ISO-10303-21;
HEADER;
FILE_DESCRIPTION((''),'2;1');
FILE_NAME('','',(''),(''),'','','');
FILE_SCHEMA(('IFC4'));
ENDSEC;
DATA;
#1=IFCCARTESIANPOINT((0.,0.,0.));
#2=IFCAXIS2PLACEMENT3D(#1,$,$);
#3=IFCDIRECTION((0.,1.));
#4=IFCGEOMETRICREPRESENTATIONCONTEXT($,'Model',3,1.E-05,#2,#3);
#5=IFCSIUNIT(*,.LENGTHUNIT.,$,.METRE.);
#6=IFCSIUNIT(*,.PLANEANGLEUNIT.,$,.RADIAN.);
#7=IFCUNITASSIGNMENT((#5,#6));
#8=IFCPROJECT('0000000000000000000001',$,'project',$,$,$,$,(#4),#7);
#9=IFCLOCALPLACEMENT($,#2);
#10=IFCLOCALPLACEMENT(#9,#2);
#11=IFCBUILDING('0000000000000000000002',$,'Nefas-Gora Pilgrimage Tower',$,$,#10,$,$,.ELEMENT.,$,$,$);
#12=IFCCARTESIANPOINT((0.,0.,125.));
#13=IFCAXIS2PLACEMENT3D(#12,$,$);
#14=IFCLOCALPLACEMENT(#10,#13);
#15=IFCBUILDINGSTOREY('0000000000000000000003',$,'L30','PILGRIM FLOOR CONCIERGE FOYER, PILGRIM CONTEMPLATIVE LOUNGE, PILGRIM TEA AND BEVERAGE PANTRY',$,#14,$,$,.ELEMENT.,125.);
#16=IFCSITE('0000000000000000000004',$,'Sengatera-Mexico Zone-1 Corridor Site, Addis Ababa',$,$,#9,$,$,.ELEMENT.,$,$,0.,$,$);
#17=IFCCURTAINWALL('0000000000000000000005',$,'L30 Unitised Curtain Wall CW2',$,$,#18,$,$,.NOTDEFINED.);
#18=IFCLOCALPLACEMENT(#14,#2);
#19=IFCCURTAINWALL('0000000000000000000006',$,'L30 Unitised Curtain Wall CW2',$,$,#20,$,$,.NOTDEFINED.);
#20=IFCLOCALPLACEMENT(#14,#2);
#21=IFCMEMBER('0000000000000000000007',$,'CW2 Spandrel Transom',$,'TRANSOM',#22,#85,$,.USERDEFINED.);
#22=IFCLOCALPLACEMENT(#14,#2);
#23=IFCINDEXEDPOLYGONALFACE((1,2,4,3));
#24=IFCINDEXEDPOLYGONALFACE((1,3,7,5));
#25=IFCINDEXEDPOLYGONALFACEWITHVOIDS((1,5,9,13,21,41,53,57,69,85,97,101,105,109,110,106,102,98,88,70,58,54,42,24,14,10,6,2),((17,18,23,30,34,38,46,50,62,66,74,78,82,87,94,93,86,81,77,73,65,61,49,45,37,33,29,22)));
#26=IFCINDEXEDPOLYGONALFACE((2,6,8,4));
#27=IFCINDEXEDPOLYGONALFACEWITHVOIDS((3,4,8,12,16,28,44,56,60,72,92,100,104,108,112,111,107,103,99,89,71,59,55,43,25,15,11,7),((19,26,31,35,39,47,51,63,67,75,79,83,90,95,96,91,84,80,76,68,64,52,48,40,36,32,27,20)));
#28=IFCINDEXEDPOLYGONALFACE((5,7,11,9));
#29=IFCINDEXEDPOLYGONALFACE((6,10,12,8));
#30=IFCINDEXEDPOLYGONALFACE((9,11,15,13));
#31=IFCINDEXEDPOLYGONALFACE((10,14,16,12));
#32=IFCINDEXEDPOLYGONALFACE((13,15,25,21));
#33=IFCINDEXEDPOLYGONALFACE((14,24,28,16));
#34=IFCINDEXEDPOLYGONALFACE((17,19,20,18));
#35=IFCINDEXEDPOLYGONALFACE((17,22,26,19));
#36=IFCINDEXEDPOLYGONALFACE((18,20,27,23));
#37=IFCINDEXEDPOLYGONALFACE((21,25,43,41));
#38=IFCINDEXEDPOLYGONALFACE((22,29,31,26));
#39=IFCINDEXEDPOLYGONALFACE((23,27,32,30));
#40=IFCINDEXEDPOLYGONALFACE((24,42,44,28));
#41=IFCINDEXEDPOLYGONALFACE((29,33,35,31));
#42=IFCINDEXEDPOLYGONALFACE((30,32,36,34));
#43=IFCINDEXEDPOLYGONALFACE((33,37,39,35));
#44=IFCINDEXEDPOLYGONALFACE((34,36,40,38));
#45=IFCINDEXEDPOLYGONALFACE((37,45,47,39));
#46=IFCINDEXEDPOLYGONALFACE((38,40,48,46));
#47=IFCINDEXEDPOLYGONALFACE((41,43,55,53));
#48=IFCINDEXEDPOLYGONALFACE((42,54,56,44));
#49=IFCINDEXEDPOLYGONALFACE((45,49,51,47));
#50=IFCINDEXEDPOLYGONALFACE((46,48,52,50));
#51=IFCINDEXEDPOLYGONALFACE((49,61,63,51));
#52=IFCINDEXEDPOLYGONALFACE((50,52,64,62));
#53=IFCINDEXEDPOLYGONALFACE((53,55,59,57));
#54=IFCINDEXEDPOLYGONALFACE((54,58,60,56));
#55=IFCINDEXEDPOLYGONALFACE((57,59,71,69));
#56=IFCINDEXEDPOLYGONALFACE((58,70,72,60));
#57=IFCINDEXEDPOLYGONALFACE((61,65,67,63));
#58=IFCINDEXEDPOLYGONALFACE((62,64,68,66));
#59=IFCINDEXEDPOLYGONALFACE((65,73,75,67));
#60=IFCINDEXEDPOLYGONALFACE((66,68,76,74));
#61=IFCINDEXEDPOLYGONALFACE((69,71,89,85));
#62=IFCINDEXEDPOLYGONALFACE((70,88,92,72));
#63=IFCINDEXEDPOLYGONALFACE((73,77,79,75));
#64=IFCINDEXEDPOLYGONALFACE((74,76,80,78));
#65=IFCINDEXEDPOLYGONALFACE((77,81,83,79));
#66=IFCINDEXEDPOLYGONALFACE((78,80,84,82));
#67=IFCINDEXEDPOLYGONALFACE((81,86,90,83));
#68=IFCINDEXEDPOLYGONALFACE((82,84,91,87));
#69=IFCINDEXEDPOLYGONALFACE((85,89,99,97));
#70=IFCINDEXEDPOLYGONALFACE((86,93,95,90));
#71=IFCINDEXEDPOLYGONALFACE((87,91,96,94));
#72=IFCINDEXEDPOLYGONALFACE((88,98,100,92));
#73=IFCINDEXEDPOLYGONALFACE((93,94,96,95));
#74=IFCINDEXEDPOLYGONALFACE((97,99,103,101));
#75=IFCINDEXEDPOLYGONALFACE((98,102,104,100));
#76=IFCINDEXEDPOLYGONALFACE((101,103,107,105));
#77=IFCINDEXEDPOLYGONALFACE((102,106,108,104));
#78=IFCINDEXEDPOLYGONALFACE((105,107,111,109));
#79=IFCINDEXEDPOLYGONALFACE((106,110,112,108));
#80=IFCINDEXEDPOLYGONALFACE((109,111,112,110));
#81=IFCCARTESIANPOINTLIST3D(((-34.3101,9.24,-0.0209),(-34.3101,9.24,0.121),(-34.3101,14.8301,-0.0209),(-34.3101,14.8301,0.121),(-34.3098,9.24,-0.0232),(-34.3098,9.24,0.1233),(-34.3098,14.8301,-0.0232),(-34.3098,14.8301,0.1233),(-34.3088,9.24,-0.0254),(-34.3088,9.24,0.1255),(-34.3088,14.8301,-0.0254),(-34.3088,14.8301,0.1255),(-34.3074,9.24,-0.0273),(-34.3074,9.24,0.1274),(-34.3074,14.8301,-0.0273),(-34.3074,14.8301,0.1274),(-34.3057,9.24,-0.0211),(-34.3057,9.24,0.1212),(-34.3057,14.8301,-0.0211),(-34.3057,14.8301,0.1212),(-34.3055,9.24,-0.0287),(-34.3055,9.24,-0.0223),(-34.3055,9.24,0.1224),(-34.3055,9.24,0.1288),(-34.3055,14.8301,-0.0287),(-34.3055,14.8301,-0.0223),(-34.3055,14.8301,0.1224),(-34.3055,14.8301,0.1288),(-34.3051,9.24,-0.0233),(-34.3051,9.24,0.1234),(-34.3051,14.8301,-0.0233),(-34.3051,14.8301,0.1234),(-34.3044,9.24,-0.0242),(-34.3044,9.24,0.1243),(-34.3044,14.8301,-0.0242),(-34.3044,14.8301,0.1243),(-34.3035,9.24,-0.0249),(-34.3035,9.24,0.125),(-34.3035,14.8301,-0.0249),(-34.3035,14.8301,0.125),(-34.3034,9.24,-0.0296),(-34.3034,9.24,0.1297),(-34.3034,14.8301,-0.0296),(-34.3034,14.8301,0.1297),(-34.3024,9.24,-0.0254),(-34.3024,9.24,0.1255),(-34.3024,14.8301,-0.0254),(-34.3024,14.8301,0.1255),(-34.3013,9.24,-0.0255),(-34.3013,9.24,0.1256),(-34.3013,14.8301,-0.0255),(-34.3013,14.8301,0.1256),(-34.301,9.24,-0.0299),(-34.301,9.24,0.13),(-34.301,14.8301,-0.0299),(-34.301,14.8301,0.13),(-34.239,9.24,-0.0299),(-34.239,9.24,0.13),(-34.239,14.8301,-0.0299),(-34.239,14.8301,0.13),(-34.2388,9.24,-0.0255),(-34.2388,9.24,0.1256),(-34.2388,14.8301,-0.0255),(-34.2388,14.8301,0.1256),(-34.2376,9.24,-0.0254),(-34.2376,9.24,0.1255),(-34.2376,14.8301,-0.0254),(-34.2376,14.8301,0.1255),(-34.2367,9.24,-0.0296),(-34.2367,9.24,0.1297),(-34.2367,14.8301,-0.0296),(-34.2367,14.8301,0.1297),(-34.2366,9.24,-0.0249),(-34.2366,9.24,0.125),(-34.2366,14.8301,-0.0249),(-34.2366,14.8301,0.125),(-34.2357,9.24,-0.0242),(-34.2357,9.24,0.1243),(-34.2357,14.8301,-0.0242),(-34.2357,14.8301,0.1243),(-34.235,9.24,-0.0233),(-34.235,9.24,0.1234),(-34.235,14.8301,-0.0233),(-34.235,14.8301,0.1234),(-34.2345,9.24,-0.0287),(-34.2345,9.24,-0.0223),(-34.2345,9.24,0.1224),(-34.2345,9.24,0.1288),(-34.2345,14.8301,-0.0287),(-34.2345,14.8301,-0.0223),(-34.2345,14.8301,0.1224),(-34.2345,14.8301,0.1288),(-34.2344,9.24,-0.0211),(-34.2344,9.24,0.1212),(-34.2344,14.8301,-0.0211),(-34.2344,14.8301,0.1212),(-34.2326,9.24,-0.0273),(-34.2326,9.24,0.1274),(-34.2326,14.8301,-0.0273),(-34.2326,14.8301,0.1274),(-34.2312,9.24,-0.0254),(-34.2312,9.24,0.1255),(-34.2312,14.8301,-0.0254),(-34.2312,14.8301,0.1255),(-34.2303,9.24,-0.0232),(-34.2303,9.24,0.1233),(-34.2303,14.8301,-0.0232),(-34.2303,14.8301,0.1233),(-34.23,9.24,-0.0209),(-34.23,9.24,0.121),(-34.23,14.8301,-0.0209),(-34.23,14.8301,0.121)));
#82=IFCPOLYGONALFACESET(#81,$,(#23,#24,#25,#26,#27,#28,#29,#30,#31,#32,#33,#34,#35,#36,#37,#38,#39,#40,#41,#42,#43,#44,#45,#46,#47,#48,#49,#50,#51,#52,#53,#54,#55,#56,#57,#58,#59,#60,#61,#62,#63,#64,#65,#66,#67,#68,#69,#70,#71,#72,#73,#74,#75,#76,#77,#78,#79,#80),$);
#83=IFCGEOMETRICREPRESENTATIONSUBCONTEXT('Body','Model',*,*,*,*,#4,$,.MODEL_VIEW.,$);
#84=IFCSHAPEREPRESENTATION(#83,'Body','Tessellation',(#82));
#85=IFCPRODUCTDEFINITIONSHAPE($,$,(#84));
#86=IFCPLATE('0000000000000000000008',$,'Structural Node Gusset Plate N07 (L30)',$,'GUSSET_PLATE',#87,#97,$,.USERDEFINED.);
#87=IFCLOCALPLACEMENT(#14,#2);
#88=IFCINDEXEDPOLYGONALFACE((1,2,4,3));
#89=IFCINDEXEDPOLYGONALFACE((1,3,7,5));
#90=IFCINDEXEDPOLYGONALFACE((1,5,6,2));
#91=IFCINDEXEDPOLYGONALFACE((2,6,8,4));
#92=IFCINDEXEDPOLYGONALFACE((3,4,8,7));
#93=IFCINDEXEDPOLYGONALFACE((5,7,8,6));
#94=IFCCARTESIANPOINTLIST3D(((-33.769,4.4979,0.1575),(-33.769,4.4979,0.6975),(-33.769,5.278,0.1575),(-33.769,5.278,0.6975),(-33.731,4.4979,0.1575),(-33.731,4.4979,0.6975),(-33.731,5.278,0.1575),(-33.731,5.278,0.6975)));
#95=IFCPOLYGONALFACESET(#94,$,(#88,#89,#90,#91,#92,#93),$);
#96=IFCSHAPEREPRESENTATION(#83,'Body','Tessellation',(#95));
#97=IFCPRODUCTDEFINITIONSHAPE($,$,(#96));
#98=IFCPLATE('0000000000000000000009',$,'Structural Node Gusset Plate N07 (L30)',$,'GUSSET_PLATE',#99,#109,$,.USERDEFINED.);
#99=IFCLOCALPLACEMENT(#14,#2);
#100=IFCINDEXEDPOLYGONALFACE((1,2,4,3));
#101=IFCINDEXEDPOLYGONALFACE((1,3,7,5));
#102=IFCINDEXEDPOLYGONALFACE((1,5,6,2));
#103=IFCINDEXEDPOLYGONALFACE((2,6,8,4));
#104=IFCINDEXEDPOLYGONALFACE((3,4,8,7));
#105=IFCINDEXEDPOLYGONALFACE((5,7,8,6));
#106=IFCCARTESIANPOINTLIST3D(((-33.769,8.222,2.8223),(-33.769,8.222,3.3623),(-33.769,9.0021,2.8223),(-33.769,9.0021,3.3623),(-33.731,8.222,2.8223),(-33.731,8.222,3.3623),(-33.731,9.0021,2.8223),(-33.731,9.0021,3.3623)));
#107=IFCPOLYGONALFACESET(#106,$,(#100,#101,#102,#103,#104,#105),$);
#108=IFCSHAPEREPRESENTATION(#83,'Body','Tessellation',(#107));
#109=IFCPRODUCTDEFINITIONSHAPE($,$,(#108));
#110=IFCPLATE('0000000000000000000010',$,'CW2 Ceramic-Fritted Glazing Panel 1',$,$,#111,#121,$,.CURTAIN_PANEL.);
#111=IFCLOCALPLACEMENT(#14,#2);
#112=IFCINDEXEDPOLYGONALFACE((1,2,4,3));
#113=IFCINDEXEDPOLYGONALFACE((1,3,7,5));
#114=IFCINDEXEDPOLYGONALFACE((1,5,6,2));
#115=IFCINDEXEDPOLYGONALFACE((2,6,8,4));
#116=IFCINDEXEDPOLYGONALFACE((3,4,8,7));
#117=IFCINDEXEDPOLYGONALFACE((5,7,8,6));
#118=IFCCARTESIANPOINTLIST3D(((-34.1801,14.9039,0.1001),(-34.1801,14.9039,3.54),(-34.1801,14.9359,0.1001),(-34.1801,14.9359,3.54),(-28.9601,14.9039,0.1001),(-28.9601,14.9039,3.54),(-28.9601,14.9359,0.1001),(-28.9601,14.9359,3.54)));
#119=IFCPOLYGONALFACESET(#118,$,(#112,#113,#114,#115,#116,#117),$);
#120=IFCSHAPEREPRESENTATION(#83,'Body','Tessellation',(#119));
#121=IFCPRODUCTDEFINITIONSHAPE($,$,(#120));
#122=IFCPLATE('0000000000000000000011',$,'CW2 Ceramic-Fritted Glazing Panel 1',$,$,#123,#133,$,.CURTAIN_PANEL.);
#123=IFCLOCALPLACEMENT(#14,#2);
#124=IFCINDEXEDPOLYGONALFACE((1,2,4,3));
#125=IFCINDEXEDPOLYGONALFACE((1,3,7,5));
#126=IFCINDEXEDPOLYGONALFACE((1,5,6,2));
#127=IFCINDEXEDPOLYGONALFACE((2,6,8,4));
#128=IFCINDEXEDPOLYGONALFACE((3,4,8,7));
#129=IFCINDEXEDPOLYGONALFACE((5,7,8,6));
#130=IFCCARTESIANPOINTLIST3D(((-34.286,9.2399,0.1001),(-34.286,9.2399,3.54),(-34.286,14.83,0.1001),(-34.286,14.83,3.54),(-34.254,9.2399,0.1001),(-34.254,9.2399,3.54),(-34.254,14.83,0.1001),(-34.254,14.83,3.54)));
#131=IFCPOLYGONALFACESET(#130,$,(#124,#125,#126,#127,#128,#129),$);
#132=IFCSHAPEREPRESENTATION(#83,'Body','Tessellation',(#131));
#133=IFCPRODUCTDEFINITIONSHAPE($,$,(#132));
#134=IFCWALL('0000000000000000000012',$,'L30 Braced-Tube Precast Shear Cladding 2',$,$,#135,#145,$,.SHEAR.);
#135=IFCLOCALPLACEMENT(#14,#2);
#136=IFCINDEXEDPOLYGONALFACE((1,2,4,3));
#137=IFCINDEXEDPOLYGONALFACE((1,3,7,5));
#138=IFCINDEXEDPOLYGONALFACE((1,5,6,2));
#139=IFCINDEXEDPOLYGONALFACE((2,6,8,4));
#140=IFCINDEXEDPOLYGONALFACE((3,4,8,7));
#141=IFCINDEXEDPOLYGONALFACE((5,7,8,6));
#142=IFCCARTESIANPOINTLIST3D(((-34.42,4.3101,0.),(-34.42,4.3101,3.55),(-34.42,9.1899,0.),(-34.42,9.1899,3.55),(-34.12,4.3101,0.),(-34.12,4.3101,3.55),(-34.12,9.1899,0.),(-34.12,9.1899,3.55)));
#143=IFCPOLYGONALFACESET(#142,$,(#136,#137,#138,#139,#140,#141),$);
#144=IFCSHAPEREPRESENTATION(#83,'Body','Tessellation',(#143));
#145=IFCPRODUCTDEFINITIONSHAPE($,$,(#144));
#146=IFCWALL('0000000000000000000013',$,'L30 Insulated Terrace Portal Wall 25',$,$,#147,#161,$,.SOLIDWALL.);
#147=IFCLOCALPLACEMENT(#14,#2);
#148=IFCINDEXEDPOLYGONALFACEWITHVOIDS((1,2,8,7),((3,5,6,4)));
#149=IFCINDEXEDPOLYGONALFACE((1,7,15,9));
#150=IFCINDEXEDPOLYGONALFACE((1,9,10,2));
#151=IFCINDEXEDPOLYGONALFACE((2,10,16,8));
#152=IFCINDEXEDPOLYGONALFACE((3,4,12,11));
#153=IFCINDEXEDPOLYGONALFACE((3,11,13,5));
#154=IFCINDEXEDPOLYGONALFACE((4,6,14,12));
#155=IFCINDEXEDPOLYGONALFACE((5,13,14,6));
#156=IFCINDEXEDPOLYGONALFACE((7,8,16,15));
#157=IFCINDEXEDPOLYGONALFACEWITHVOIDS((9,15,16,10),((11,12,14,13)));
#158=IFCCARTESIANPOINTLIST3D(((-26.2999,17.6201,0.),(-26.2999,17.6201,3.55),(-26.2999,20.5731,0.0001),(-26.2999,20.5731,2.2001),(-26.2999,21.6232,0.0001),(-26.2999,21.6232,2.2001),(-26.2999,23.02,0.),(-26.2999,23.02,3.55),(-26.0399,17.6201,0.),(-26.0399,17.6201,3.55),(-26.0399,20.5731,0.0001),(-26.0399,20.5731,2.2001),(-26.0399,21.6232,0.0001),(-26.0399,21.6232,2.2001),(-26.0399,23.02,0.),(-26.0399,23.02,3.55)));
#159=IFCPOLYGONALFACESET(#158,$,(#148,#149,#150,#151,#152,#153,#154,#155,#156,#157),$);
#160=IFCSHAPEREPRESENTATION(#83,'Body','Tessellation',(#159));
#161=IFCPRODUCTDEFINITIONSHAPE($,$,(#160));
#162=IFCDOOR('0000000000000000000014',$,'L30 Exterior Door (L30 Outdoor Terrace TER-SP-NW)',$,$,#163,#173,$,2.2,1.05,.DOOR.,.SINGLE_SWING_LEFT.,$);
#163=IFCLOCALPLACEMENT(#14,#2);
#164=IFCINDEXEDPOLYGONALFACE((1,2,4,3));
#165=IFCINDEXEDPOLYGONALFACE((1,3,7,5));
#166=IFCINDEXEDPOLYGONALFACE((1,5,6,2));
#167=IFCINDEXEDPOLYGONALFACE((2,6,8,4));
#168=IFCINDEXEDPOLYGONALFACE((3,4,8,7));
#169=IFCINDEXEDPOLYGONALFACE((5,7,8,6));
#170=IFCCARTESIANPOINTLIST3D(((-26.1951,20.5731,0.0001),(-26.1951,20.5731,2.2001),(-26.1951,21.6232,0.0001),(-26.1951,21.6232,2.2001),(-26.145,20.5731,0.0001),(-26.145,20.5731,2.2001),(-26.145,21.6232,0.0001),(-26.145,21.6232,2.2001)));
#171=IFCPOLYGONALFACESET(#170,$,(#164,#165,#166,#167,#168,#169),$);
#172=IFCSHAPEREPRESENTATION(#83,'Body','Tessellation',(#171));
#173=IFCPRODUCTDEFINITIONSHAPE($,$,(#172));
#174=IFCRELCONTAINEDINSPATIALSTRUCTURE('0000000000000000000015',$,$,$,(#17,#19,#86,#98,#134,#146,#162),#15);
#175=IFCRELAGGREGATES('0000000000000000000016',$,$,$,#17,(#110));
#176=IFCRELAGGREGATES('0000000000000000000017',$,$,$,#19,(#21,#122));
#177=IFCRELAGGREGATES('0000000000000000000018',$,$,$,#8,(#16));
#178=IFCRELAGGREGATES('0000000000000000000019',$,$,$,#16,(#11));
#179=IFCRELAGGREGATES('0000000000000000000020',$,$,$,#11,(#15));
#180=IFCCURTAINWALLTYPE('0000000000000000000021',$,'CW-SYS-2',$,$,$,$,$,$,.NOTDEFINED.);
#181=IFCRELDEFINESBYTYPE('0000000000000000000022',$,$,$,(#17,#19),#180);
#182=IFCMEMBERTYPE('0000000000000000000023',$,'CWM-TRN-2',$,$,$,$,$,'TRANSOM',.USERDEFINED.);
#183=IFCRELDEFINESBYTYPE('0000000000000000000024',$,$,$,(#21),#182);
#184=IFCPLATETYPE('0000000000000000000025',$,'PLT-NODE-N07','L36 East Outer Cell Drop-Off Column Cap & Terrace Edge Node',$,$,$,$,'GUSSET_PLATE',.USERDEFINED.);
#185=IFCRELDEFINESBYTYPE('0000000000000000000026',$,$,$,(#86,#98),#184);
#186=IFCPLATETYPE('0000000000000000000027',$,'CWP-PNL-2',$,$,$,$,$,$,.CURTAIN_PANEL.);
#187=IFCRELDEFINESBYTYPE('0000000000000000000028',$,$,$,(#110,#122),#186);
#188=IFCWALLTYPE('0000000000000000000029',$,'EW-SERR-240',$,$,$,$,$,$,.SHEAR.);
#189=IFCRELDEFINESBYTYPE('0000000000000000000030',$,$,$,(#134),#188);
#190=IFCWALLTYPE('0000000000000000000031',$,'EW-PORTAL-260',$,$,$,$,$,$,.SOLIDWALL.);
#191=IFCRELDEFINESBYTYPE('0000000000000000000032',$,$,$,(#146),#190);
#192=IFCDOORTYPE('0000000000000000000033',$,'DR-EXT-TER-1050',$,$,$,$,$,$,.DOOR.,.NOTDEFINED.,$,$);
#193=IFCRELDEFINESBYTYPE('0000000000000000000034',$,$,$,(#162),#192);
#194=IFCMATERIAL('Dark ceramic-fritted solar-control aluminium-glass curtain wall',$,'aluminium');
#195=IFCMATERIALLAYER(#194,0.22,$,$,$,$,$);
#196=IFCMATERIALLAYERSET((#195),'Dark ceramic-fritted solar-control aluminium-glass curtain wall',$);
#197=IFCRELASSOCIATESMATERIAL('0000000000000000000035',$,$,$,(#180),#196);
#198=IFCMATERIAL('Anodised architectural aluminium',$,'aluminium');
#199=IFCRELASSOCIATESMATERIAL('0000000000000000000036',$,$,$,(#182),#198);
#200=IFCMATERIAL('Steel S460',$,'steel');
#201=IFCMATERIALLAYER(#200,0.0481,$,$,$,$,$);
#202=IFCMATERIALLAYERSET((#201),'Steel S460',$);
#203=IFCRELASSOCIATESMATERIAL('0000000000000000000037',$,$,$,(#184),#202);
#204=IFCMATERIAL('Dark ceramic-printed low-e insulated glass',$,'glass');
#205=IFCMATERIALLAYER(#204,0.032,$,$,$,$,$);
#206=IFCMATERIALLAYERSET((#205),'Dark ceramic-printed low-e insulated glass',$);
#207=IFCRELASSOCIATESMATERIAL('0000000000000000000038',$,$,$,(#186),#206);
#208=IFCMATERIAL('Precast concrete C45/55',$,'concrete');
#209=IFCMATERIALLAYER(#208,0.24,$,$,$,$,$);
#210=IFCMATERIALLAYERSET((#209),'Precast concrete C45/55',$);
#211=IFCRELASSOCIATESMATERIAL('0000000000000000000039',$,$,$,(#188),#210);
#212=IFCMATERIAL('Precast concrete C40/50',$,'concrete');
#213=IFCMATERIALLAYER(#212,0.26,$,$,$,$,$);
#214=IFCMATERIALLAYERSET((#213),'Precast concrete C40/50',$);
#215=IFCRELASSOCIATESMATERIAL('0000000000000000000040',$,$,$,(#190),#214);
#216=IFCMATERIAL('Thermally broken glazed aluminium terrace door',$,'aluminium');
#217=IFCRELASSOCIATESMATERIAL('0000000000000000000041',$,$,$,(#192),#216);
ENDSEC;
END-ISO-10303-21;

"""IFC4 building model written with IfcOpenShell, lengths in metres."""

from ifc_helpers import new_model, si_unit, direction, frame, frame_2d, origin, origin_2d, place, context, subcontext, project, spatial, rectangle, hollow_rectangle, extrude, source, transform, mapped, material, layer, layer_set, material_profile, profile_set, type_object, element, fill, aggregate, save


model = new_model("IFC4")

# Units and contexts
model_context = context("Model", 3, precision=1e-05, world=origin(), true_north=direction((0.0, 1.0)))
body_context = subcontext(model_context, "Body", "Model", "MODEL_VIEW")
ifc_project = project(units=[si_unit("LENGTHUNIT", "METRE"), si_unit("PLANEANGLEUNIT", "RADIAN")], contexts=[model_context])

# Site, building, storey
site_placement = place(None, origin())
site = spatial("IfcSite", under=ifc_project, at=site_placement, Name="Sengatera-Mexico Zone-1 Corridor Site, Addis Ababa", CompositionType="ELEMENT", RefElevation=0.0)
building_placement = place(site_placement, origin())
building = spatial("IfcBuilding", under=site, at=building_placement, Name="Nefas-Gora Pilgrimage Tower", CompositionType="ELEMENT")
storey_placement = place(building_placement, frame((0.0, 0.0, 125.0)))
storey = spatial("IfcBuildingStorey", under=building, at=storey_placement, Name="L30", Description="PILGRIM FLOOR CONCIERGE FOYER, PILGRIM CONTEMPLATIVE LOUNGE, PILGRIM TEA AND BEVERAGE PANTRY", CompositionType="ELEMENT", Elevation=125.0)

# Shared definitions
ifc_material_1 = material(Name="Steel S460", Category="steel")

# Shared definitions
ifc_material_2 = material(Name="Dark ceramic-fritted solar-control aluminium-glass curtain wall", Category="aluminium")
ifc_layer_1 = layer(ifc_material_2, 0.22)
ifc_layer_set_1 = layer_set([ifc_layer_1], Name="Dark ceramic-fritted solar-control aluminium-glass curtain wall")
curtain_wall_type = type_object("IfcCurtainWallType", Name="CW-SYS-2", PredefinedType="NOTDEFINED", material=ifc_layer_set_1)
ifc_material_3 = material(Name="Anodised architectural aluminium", Category="aluminium")

# Curtain walls
curtain_wall_1_placement = place(storey_placement, origin())
curtain_wall_1 = element("IfcCurtainWall", 1, at=curtain_wall_1_placement, inside=storey, type_object=curtain_wall_type, Name="L30 Unitised Curtain Wall CW2", PredefinedType="NOTDEFINED")
curtain_wall_2_placement = place(storey_placement, origin())
curtain_wall_2 = element("IfcCurtainWall", 2, at=curtain_wall_2_placement, inside=storey, type_object=curtain_wall_type, Name="L30 Unitised Curtain Wall CW2", PredefinedType="NOTDEFINED")
ifc_material_profile_1 = material_profile(ifc_material_3, hollow_rectangle(XDim=0.0801, YDim=0.1599, WallThickness=0.0044, InnerFilletRadius=0.0044, OuterFilletRadius=0.009, at=origin_2d()), Name="ALU TRANSOM 80x160")
ifc_profile_set_1 = profile_set([ifc_material_profile_1], Name="Anodised architectural aluminium")
member_type_1 = type_object("IfcMemberType", Name="CWM-TRN-2", ElementType="TRANSOM", PredefinedType="USERDEFINED", material=ifc_profile_set_1)

# Member
shared_shape_1 = source(origin(), body_context, "Body", "SweptSolid", [
    extrude(hollow_rectangle(XDim=0.0801, YDim=0.1599, WallThickness=0.0044, InnerFilletRadius=0.0044, OuterFilletRadius=0.009, at=origin_2d()), origin(), (0.0, 0.0, 1.0), 5.5901),
])
member_1_placement = place(storey_placement, frame((-34.27, 14.8301, 0.05), z_axis=(0.0, -1.0, 0.0), x_axis=(1.0, 0.0, 0.0)))
member_1 = element("IfcMember", 3, at=member_1_placement, type_object=member_type_1, Name="CW2 Spandrel Transom", ObjectType="TRANSOM", PredefinedType="USERDEFINED", context=body_context, shape_type="MappedRepresentation", body=[
    mapped(shared_shape_1, transform((0.0, 0.0, 0.0), x_axis=(1.0, 0.0, 0.0), y_axis=(0.0, 1.0, 0.0), z_axis=(0.0, 0.0, 1.0), scale=1.0)),
])

# Plates
ifc_layer_2 = layer(ifc_material_1, 0.0481)
ifc_layer_set_2 = layer_set([ifc_layer_2], Name="Steel S460")
plate_type_1 = type_object("IfcPlateType", Name="PLT-NODE-N07", Description="L36 East Outer Cell Drop-Off Column Cap & Terrace Edge Node", ElementType="GUSSET_PLATE", PredefinedType="USERDEFINED", material=ifc_layer_set_2)
shared_shape_2 = source(origin(), body_context, "Body", "SweptSolid", [
    extrude(rectangle(XDim=0.78, YDim=0.0381, at=origin_2d()), origin(), (0.0, 0.0, 1.0), 0.54),
])
for number, where, z_axis, x_axis, name in (
    (4, (-33.75, 4.8879, 0.1575), (0.0, 0.0, 1.0), (0.0, 1.0, 0.0), "Structural Node Gusset Plate N07 (L30)"),
    (5, (-33.75, 8.6121, 2.8223), (0.0, 0.0, 1.0), (0.0, 1.0, 0.0), "Structural Node Gusset Plate N07 (L30)"),
):
    element("IfcPlate", number, at=place(storey_placement, frame(where, z_axis=z_axis, x_axis=x_axis)), inside=storey, type_object=plate_type_1, Name=name, ObjectType="GUSSET_PLATE", PredefinedType="USERDEFINED", context=body_context, shape_type="MappedRepresentation", body=[
        mapped(shared_shape_2, transform((0.0, 0.0, 0.0), x_axis=(1.0, 0.0, 0.0), y_axis=(0.0, 1.0, 0.0), z_axis=(0.0, 0.0, 1.0), scale=1.0)),
    ])

# Plates
ifc_material_4 = material(Name="Dark ceramic-printed low-e insulated glass", Category="glass")
ifc_layer_3 = layer(ifc_material_4, 0.032)
ifc_layer_set_3 = layer_set([ifc_layer_3], Name="Dark ceramic-printed low-e insulated glass")
plate_type_2 = type_object("IfcPlateType", Name="CWP-PNL-2", PredefinedType="CURTAIN_PANEL", material=ifc_layer_set_3)
shared_shape_3 = source(origin(), body_context, "Body", "SweptSolid", [
    extrude(rectangle(XDim=5.22, YDim=0.032, at=origin_2d()), origin(), (0.0, 0.0, 1.0), 3.4399),
])
plate_1_placement = place(storey_placement, frame((-31.5701, 14.9199, 0.1001), z_axis=(0.0, 0.0, 1.0), x_axis=(-1.0, 0.0, 0.0)))
plate_1 = element("IfcPlate", 6, at=plate_1_placement, type_object=plate_type_2, Name="CW2 Ceramic-Fritted Glazing Panel 1", PredefinedType="CURTAIN_PANEL", context=body_context, shape_type="MappedRepresentation", body=[
    mapped(shared_shape_3, transform((0.0, 0.0, 0.0), x_axis=(1.0, 0.0, 0.0), y_axis=(0.0, 1.0, 0.0), z_axis=(0.0, 0.0, 1.0), scale=1.0)),
])
aggregate(curtain_wall_1, [plate_1])
shared_shape_4 = source(origin(), body_context, "Body", "SweptSolid", [
    extrude(rectangle(XDim=5.5901, YDim=0.032, at=origin_2d()), origin(), (0.0, 0.0, 1.0), 3.4399),
])
plate_2_placement = place(storey_placement, frame((-34.27, 12.0349, 0.1001), z_axis=(0.0, 0.0, 1.0), x_axis=(0.0, -1.0, 0.0)))
plate_2 = element("IfcPlate", 7, at=plate_2_placement, type_object=plate_type_2, Name="CW2 Ceramic-Fritted Glazing Panel 1", PredefinedType="CURTAIN_PANEL", context=body_context, shape_type="MappedRepresentation", body=[
    mapped(shared_shape_4, transform((0.0, 0.0, 0.0), x_axis=(1.0, 0.0, 0.0), y_axis=(0.0, 1.0, 0.0), z_axis=(0.0, 0.0, 1.0), scale=1.0)),
])
aggregate(curtain_wall_2, [member_1, plate_2])

# Wall
ifc_material_5 = material(Name="Precast concrete C45/55", Category="concrete")
ifc_layer_4 = layer(ifc_material_5, 0.24)
ifc_layer_set_4 = layer_set([ifc_layer_4], Name="Precast concrete C45/55")
wall_type_1 = type_object("IfcWallType", Name="EW-SERR-240", PredefinedType="SHEAR", material=ifc_layer_set_4)
shared_shape_5 = source(origin(), body_context, "Body", "SweptSolid", [
    extrude(rectangle(XDim=4.8799, YDim=0.3, at=frame_2d((2.4399, 0.0))), origin(), (0.0, 0.0, 1.0), 3.55),
])
wall_1_placement = place(storey_placement, frame((-34.27, 4.3101, 0.0), z_axis=(0.0, 0.0, 1.0), x_axis=(0.0, 1.0, 0.0)))
element("IfcWall", 8, at=wall_1_placement, inside=storey, type_object=wall_type_1, Name="L30 Braced-Tube Precast Shear Cladding 2", PredefinedType="SHEAR", context=body_context, shape_type="MappedRepresentation", body=[
    mapped(shared_shape_5, transform((0.0, 0.0, 0.0), x_axis=(1.0, 0.0, 0.0), y_axis=(0.0, 1.0, 0.0), z_axis=(0.0, 0.0, 1.0), scale=1.0)),
])

# Wall, opening, door
ifc_material_6 = material(Name="Precast concrete C40/50", Category="concrete")
ifc_layer_5 = layer(ifc_material_6, 0.26)
ifc_layer_set_5 = layer_set([ifc_layer_5], Name="Precast concrete C40/50")
wall_type_2 = type_object("IfcWallType", Name="EW-PORTAL-260", PredefinedType="SOLIDWALL", material=ifc_layer_set_5)
shared_shape_6 = source(origin(), body_context, "Body", "SweptSolid", [
    extrude(rectangle(XDim=5.3999, YDim=0.26, at=frame_2d((2.7, 0.0))), origin(), (0.0, 0.0, 1.0), 3.55),
])
wall_2_placement = place(storey_placement, frame((-26.1699, 23.02, 0.0), z_axis=(0.0, 0.0, 1.0), x_axis=(0.0, -1.0, 0.0)))
wall_2 = element("IfcWall", 9, at=wall_2_placement, inside=storey, type_object=wall_type_2, Name="L30 Insulated Terrace Portal Wall 25", PredefinedType="SOLIDWALL", context=body_context, shape_type="MappedRepresentation", body=[
    mapped(shared_shape_6, transform((0.0, 0.0, 0.0), x_axis=(1.0, 0.0, 0.0), y_axis=(0.0, 1.0, 0.0), z_axis=(0.0, 0.0, 1.0), scale=1.0)),
])
opening_placement = place(wall_2_placement, frame((1.397, 0.0, 0.0)))
opening = element("IfcOpeningElement", 10, at=opening_placement, cuts=wall_2, PredefinedType="OPENING", context=body_context, shape_type="SweptSolid", body=[
    extrude(rectangle(XDim=1.05, YDim=2.2, at=frame_2d((0.5249, 1.1001))), frame((0.0, 0.1399, 0.0), z_axis=(0.0, -1.0, 0.0), x_axis=(1.0, 0.0, 0.0)), (0.0, 0.0, 1.0), 0.28),
])
ifc_material_7 = material(Name="Thermally broken glazed aluminium terrace door", Category="aluminium")
door_type = type_object("IfcDoorType", Name="DR-EXT-TER-1050", OperationType="NOTDEFINED", PredefinedType="DOOR", material=ifc_material_7)
shared_shape_7 = source(origin(), body_context, "Body", "SweptSolid", [
    extrude(rectangle(XDim=1.05, YDim=2.2, at=frame_2d((0.5249, 1.1001))), frame((0.0, 0.0249, 0.0), z_axis=(0.0, -1.0, 0.0), x_axis=(1.0, 0.0, 0.0)), (0.0, 0.0, 1.0), 0.05),
])
door_placement = place(opening_placement, origin())
door = element("IfcDoor", 11, at=door_placement, inside=storey, type_object=door_type, Name="L30 Exterior Door (L30 Outdoor Terrace TER-SP-NW)", OperationType="SINGLE_SWING_LEFT", OverallHeight=2.2, OverallWidth=1.05, PredefinedType="DOOR", context=body_context, shape_type="MappedRepresentation", body=[
    mapped(shared_shape_7, transform((0.0, 0.0, 0.0), x_axis=(1.0, 0.0, 0.0), y_axis=(0.0, 1.0, 0.0), z_axis=(0.0, 0.0, 1.0), scale=1.0)),
])
fill(opening, door)

save(model, "model.ifc")
